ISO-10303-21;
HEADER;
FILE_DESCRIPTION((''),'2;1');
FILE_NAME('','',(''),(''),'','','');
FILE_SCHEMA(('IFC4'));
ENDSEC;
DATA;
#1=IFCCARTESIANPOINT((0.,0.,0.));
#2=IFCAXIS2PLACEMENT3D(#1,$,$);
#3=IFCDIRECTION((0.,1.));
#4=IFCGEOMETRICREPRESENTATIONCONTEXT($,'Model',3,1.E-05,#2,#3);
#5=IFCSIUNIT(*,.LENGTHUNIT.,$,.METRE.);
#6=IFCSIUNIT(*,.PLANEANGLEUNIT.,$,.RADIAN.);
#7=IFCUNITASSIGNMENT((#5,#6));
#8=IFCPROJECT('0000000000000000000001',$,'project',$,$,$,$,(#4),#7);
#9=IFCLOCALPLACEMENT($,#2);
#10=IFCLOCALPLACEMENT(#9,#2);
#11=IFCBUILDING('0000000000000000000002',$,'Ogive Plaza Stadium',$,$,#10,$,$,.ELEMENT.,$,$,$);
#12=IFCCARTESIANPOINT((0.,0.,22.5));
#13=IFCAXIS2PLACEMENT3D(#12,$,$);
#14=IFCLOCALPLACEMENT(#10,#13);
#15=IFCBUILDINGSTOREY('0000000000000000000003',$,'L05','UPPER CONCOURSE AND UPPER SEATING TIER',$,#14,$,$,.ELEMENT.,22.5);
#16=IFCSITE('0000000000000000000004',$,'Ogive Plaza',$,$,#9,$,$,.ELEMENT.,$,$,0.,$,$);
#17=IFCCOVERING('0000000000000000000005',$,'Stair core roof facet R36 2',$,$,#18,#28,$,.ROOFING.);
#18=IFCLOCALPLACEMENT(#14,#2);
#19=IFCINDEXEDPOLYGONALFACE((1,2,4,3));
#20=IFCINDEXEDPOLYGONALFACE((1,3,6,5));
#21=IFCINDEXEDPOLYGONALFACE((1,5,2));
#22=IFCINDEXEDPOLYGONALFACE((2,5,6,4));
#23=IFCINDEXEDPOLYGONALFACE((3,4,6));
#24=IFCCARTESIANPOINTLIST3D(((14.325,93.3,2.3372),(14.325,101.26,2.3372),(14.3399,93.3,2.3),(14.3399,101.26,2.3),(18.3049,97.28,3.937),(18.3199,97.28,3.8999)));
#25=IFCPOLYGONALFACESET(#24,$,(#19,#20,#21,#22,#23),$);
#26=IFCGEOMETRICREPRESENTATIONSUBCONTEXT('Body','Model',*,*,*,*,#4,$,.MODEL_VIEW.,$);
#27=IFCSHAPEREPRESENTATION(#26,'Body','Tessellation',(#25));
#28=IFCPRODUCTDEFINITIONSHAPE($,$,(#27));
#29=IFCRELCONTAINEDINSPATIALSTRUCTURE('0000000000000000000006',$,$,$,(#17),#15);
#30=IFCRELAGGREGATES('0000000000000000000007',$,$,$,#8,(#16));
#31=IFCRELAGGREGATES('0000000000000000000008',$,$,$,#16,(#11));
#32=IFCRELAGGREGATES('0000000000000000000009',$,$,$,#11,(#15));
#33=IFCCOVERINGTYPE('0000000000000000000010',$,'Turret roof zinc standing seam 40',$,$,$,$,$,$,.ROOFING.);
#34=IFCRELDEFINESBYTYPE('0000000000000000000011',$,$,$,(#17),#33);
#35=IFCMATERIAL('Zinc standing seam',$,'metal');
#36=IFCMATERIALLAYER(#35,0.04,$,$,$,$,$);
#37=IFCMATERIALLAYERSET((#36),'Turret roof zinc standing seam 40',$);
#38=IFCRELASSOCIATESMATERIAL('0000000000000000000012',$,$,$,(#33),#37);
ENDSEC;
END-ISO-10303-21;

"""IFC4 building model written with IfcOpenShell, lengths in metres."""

from ifc_helpers import new_model, si_unit, direction, frame, origin, place, context, subcontext, project, spatial, polyline, outline, extrude, material, layer, layer_set, type_object, element, save


model = new_model("IFC4")

# Units and contexts
model_context = context("Model", 3, precision=1e-05, world=origin(), true_north=direction((0.0, 1.0)))
body_context = subcontext(model_context, "Body", "Model", "MODEL_VIEW")
ifc_project = project(units=[si_unit("LENGTHUNIT", "METRE"), si_unit("PLANEANGLEUNIT", "RADIAN")], contexts=[model_context])

# Site, building, storey
site_placement = place(None, origin())
site = spatial("IfcSite", under=ifc_project, at=site_placement, Name="Ogive Plaza", CompositionType="ELEMENT", RefElevation=0.0)
building_placement = place(site_placement, origin())
building = spatial("IfcBuilding", under=site, at=building_placement, Name="Ogive Plaza Stadium", CompositionType="ELEMENT")
storey_placement = place(building_placement, frame((0.0, 0.0, 22.5)))
storey = spatial("IfcBuildingStorey", under=building, at=storey_placement, Name="L05", Description="UPPER CONCOURSE AND UPPER SEATING TIER", CompositionType="ELEMENT", Elevation=22.5)

# Covering
ifc_material_1 = material(Name="Zinc standing seam", Category="metal")
ifc_layer_1 = layer(ifc_material_1, 0.04)
ifc_layer_set_1 = layer_set([ifc_layer_1], Name="Turret roof zinc standing seam 40")
covering_type_1 = type_object("IfcCoveringType", Name="Turret roof zinc standing seam 40", PredefinedType="ROOFING", material=ifc_layer_set_1)
covering_1_placement = place(storey_placement, frame((14.325, 101.26, 2.3372), z_axis=(-0.37297, 0.0, 0.927843), x_axis=(0.0, -1.0, 0.0)))
element("IfcCovering", 1, at=covering_1_placement, inside=storey, type_object=covering_type_1, Name="Stair core roof facet R36 2", PredefinedType="ROOFING", context=body_context, shape_type="SweptSolid", body=[
    extrude(outline(polyline([(0.0, 0.0), (7.96, 0.0), (3.98, 4.2895), (0.0, 0.0)])), origin(), (0.0, 0.0, -1.0), 0.04),
])

save(model, "model.ifc")
